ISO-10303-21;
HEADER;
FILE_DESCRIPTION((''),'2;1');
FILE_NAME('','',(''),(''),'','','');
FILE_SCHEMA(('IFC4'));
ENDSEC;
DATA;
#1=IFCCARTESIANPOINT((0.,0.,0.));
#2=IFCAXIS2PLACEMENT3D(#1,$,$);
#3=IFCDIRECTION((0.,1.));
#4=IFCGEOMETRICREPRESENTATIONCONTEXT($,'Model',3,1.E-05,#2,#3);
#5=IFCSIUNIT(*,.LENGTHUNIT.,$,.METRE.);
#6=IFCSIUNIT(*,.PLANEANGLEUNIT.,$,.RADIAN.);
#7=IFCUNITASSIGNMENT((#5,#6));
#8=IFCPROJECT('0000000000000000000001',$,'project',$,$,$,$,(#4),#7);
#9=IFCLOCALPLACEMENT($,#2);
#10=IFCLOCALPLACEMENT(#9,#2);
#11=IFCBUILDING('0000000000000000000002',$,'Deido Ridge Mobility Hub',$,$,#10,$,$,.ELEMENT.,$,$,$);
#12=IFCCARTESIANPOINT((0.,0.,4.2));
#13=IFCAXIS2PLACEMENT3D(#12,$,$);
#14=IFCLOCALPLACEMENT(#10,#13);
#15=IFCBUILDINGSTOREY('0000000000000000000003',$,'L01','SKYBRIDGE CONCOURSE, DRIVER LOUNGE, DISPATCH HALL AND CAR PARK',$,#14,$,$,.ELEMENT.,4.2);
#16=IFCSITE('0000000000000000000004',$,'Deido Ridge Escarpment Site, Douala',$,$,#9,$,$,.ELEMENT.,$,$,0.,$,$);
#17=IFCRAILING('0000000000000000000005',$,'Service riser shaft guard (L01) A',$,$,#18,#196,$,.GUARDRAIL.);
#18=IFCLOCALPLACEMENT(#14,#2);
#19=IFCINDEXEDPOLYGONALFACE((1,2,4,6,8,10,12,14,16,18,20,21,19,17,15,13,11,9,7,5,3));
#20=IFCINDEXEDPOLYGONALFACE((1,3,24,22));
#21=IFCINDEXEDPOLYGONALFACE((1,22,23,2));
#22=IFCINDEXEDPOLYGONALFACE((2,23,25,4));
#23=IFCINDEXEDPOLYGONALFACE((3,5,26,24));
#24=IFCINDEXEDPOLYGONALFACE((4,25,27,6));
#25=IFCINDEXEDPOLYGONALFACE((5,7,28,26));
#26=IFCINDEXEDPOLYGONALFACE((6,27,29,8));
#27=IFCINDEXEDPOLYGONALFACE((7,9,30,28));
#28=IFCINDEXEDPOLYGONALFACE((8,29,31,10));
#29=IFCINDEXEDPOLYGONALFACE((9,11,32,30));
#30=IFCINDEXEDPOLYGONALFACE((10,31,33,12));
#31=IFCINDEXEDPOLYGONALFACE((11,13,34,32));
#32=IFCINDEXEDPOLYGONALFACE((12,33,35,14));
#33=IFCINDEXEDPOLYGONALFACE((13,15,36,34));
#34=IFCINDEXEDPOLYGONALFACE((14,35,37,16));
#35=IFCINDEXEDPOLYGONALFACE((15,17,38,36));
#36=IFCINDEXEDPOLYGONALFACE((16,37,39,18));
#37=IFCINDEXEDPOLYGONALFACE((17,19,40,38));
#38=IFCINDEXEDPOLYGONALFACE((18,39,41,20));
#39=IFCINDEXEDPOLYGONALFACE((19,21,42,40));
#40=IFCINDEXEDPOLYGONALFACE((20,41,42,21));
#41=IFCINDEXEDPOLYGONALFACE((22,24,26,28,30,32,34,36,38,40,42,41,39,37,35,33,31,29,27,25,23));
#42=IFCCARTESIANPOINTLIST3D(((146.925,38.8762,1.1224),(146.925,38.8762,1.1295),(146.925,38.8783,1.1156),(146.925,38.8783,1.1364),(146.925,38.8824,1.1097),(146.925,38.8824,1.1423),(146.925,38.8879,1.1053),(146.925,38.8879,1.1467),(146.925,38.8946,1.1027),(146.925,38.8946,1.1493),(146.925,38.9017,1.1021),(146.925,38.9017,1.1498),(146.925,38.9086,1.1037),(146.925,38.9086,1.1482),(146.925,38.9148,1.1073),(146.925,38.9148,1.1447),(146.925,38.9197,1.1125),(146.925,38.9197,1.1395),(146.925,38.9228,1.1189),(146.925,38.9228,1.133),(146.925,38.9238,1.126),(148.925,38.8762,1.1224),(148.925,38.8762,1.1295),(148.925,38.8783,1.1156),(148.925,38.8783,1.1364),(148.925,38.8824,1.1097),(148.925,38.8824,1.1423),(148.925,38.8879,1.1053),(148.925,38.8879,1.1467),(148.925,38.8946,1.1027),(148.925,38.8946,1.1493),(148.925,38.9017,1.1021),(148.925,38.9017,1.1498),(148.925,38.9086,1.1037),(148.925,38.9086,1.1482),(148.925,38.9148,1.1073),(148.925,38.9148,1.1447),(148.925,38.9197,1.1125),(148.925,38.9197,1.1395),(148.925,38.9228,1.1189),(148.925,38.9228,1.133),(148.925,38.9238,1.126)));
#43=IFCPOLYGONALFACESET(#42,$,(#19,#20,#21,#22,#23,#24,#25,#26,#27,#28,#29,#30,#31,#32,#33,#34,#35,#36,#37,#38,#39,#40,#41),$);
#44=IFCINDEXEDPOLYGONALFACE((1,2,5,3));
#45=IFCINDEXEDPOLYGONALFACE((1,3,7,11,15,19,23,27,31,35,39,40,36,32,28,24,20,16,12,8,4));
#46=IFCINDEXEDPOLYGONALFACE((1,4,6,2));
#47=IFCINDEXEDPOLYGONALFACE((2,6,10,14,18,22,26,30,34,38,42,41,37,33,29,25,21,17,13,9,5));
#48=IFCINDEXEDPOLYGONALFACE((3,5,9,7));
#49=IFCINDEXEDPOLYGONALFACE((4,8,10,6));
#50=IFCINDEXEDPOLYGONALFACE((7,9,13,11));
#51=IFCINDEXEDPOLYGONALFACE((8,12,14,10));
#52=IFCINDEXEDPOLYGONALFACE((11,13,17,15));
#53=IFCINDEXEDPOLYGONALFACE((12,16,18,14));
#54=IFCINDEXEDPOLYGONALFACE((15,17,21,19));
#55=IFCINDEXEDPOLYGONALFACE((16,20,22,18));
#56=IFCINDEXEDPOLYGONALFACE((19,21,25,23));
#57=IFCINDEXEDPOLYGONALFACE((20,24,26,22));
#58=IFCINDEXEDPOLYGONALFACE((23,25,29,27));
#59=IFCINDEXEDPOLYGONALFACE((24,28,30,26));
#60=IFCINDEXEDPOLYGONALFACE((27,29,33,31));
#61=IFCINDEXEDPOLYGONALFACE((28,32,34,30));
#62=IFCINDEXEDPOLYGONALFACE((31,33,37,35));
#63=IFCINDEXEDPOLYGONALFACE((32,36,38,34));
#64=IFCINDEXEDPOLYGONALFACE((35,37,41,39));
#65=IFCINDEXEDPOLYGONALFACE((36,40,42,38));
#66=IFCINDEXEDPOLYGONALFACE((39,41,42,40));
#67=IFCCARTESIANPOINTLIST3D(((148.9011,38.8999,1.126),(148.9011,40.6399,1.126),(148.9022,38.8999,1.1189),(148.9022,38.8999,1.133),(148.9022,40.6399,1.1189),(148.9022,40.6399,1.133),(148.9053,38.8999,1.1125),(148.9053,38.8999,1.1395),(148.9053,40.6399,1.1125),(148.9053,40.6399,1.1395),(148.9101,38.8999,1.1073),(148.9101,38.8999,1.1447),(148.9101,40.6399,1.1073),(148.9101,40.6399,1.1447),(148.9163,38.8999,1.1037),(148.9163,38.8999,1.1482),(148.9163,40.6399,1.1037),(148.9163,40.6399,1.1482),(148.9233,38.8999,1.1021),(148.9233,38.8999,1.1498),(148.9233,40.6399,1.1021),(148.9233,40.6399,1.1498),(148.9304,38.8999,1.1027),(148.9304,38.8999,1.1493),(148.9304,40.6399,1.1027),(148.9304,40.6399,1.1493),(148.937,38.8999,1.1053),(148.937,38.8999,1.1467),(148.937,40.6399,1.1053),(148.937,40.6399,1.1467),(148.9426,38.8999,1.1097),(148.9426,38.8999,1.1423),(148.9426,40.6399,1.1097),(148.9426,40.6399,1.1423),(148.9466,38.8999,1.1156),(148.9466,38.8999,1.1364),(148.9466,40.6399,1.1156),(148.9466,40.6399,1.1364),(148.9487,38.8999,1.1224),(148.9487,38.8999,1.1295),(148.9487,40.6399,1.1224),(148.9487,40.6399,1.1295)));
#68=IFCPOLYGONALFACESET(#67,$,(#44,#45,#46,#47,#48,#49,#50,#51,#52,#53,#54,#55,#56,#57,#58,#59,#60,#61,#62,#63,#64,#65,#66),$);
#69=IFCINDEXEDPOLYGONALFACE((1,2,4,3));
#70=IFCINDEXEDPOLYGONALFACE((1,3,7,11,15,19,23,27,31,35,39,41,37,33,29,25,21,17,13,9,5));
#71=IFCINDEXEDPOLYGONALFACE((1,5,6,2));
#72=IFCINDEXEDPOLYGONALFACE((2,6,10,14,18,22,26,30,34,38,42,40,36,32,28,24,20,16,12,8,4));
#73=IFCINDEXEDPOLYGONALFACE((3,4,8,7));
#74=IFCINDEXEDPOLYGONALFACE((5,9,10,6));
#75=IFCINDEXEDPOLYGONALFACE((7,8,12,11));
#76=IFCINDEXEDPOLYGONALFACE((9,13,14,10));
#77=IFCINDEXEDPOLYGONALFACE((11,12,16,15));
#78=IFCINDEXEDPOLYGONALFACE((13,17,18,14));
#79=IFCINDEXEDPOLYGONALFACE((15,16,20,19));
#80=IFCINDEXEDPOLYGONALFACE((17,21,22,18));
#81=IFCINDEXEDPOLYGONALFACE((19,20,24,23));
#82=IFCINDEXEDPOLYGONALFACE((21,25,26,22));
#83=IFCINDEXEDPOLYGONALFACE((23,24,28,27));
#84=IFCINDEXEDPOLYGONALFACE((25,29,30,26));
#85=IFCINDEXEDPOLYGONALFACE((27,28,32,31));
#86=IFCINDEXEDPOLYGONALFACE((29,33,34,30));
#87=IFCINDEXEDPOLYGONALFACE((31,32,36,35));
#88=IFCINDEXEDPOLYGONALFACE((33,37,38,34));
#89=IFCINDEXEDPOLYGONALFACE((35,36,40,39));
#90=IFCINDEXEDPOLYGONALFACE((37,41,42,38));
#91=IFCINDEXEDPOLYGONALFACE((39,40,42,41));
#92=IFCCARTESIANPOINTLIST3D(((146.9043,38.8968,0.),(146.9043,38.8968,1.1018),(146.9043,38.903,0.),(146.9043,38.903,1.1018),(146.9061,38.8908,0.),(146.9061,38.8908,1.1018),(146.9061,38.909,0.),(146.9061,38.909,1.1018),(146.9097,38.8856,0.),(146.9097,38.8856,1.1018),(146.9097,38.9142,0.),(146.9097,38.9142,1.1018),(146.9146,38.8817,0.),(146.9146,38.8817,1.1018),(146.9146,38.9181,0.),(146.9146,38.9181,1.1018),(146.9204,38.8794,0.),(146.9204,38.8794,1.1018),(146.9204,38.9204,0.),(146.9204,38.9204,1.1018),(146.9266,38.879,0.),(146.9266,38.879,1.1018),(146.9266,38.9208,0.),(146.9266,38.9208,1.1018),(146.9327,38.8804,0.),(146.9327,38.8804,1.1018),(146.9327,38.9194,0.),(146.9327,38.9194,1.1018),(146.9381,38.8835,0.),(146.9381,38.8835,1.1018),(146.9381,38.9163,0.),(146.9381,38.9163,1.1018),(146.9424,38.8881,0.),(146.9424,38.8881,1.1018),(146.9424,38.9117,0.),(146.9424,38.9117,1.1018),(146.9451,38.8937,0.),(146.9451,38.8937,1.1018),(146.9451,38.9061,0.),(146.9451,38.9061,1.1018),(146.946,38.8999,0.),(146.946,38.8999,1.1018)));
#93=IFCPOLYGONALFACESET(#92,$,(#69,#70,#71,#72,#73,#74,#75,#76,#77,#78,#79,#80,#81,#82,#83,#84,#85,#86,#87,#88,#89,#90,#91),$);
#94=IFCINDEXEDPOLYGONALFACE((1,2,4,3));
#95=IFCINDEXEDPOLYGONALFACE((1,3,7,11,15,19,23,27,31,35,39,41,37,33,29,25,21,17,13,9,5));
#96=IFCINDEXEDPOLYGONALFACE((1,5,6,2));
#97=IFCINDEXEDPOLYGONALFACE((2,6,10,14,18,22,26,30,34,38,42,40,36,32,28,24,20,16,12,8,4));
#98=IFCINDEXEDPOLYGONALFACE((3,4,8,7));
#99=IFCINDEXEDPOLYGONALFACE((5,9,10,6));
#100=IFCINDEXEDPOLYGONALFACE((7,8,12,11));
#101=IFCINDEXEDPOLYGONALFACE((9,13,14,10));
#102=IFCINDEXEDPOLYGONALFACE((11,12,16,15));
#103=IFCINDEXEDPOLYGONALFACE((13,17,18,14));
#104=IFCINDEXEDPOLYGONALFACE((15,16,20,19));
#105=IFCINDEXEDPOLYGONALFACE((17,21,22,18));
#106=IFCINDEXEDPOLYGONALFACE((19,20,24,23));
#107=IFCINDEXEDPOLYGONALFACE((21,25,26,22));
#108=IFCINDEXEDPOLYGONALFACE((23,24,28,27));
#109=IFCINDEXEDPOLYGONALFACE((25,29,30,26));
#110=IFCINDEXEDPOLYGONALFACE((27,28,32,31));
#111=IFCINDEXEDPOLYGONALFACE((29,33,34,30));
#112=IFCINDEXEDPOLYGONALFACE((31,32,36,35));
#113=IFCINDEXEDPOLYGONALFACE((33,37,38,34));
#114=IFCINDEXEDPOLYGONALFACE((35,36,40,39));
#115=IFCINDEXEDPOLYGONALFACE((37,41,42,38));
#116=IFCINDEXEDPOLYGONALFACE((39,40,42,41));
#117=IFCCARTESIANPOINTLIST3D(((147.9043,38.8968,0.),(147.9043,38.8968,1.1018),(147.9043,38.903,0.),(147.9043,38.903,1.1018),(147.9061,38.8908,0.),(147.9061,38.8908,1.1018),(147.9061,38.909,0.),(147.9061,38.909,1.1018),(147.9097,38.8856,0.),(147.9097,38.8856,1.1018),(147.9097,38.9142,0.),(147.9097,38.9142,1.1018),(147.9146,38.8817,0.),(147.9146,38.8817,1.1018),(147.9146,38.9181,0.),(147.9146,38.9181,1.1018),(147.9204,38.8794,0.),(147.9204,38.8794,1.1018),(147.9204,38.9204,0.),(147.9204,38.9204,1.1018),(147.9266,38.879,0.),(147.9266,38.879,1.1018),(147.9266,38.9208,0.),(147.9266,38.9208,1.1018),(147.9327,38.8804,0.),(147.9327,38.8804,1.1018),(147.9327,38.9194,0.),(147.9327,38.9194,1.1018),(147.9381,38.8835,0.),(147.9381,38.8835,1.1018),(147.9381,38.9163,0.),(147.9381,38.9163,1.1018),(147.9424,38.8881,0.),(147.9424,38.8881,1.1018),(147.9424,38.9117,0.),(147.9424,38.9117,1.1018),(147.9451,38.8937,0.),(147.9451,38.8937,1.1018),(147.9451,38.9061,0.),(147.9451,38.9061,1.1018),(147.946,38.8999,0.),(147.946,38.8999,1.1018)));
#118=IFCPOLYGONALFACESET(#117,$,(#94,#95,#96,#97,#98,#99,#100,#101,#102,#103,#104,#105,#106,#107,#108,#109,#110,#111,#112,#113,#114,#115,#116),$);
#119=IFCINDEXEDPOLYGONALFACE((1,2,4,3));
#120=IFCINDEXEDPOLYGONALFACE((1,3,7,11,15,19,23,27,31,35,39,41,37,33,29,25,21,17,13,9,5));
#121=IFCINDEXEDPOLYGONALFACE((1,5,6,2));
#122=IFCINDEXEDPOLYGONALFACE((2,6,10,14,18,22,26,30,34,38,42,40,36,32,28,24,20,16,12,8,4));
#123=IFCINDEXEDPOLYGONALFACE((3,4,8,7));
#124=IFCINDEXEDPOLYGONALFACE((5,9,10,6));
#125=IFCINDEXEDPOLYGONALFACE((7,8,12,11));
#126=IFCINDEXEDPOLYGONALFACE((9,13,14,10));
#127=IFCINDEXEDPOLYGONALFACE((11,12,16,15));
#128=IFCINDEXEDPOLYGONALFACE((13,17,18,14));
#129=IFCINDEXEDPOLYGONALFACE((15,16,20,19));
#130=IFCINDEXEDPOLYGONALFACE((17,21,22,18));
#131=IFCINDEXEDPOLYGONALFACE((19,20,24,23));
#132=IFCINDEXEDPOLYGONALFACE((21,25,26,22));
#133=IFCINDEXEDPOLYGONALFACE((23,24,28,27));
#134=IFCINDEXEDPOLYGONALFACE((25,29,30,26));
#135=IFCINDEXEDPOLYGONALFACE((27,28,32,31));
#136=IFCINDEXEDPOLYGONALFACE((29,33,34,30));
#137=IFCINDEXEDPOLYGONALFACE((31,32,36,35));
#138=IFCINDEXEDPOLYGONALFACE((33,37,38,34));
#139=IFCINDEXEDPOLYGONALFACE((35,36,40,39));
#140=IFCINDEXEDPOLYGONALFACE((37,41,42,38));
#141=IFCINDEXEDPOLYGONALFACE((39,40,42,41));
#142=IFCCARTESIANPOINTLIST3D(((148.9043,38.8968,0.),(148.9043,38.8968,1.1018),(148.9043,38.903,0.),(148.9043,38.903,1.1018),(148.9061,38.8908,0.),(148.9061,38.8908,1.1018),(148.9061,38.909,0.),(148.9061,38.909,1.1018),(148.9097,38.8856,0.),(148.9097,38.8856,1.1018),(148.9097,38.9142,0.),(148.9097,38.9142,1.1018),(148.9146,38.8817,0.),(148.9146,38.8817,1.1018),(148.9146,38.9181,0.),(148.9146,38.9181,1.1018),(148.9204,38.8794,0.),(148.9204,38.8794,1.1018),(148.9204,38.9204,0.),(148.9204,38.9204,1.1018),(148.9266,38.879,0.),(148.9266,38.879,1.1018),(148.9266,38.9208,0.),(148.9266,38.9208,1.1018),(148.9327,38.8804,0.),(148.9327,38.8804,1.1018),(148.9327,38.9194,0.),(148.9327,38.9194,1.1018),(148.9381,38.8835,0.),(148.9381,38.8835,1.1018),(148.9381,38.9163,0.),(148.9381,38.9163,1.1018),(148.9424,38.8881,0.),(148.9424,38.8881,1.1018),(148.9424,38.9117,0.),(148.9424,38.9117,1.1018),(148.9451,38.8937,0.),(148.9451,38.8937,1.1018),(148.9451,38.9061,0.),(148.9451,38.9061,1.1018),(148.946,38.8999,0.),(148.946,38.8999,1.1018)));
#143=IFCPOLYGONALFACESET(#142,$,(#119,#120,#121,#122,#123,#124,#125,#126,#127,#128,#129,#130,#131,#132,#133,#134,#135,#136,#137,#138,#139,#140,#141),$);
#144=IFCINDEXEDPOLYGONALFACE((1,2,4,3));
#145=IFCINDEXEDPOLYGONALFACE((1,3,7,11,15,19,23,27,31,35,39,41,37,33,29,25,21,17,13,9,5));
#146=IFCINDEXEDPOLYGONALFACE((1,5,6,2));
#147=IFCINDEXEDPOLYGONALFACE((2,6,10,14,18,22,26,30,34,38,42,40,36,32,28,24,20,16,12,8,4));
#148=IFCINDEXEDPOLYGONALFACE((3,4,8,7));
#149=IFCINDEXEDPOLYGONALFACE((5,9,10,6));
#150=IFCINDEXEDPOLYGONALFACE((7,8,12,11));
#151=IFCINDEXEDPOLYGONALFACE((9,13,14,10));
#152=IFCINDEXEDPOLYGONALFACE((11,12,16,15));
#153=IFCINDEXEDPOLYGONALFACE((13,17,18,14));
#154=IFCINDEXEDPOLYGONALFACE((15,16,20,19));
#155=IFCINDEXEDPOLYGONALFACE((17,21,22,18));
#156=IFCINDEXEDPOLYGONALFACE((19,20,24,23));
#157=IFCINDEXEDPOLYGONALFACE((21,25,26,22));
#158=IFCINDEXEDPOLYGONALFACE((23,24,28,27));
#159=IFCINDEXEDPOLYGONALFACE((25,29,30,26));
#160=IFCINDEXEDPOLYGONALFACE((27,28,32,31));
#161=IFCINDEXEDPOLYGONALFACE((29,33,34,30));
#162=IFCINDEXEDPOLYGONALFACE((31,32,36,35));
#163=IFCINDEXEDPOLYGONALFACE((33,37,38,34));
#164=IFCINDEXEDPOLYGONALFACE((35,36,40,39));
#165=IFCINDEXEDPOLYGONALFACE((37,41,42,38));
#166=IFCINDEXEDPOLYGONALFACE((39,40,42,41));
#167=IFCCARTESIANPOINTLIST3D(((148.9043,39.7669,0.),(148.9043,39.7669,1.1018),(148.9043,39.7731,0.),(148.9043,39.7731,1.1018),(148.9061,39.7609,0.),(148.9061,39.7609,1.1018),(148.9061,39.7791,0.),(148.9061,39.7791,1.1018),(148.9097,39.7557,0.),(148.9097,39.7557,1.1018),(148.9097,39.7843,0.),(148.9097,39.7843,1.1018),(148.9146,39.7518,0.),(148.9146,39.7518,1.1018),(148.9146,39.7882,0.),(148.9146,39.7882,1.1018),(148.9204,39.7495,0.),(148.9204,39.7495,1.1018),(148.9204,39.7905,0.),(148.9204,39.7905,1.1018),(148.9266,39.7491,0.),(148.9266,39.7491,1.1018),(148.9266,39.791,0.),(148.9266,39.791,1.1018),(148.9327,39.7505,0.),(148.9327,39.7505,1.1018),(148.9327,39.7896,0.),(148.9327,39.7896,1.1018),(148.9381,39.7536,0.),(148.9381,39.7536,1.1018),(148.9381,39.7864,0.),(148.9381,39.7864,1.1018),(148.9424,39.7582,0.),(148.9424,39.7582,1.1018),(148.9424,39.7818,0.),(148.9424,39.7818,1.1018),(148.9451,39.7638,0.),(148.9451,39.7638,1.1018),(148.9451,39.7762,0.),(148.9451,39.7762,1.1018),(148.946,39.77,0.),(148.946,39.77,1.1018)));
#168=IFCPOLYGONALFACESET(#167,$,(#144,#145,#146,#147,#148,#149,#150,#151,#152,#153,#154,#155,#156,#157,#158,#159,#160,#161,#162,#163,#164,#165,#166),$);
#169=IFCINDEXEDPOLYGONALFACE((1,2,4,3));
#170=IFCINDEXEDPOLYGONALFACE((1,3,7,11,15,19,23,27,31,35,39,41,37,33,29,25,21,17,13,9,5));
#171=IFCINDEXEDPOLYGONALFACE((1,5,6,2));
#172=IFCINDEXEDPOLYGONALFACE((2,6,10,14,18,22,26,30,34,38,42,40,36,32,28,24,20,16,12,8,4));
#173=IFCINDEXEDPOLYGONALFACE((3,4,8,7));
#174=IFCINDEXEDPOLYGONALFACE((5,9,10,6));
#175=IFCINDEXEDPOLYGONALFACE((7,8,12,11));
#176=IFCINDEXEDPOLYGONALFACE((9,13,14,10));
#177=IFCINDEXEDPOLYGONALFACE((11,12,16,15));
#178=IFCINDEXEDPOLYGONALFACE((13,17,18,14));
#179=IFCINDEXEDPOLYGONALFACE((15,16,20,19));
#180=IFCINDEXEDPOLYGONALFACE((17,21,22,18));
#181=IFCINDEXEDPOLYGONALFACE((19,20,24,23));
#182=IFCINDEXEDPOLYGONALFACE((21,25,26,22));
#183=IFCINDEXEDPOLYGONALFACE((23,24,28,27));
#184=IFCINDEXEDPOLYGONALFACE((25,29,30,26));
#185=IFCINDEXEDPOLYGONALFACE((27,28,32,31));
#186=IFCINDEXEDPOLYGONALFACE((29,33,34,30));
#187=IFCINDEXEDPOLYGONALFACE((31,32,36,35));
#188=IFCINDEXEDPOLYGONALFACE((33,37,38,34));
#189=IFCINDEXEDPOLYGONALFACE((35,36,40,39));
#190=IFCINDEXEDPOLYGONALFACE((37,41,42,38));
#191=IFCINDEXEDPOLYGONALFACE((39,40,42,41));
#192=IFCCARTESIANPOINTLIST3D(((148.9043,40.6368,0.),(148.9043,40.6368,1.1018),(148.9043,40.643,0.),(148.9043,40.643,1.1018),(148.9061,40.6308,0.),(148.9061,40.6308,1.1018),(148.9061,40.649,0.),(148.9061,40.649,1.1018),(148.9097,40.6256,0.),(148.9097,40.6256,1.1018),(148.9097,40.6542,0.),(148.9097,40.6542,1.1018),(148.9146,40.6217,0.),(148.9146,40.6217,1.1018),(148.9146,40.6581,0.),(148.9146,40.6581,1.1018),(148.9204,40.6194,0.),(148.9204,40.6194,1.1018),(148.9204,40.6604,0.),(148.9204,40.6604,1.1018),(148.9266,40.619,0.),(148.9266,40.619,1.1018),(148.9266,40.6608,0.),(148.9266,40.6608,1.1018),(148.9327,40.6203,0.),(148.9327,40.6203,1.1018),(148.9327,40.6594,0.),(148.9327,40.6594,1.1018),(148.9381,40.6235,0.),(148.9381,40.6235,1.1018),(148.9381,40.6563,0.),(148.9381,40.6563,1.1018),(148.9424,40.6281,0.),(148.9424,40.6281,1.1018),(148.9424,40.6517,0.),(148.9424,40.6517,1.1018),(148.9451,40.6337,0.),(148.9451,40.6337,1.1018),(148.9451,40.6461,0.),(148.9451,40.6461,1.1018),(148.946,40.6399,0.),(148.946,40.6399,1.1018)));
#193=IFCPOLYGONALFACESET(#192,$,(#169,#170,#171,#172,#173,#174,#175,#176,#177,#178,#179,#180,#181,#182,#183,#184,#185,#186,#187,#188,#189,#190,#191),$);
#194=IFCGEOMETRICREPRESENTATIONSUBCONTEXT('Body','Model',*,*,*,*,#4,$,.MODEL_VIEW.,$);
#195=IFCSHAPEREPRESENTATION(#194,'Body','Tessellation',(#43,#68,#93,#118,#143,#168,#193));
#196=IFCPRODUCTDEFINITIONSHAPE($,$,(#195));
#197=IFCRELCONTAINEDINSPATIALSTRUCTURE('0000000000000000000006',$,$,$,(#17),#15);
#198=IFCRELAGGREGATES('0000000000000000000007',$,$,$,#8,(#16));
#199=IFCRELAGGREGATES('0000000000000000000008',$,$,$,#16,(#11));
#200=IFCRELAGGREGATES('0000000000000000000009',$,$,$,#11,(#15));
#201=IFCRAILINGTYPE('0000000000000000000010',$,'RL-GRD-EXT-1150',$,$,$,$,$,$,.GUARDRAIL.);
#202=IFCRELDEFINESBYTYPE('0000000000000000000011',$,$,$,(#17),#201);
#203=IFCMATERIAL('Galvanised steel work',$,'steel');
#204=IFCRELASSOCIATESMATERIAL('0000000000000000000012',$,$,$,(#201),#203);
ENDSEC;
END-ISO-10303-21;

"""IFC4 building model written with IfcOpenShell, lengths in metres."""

from ifc_helpers import new_model, si_unit, direction, frame, origin, origin_2d, place, context, subcontext, project, spatial, circle, extrude, material, type_object, element, save


model = new_model("IFC4")

# Units and contexts
model_context = context("Model", 3, precision=1e-05, world=origin(), true_north=direction((0.0, 1.0)))
body_context = subcontext(model_context, "Body", "Model", "MODEL_VIEW")
ifc_project = project(units=[si_unit("LENGTHUNIT", "METRE"), si_unit("PLANEANGLEUNIT", "RADIAN")], contexts=[model_context])

# Site, building, storey
site_placement = place(None, origin())
site = spatial("IfcSite", under=ifc_project, at=site_placement, Name="Deido Ridge Escarpment Site, Douala", CompositionType="ELEMENT", RefElevation=0.0)
building_placement = place(site_placement, origin())
building = spatial("IfcBuilding", under=site, at=building_placement, Name="Deido Ridge Mobility Hub", CompositionType="ELEMENT")
storey_placement = place(building_placement, frame((0.0, 0.0, 4.2)))
storey = spatial("IfcBuildingStorey", under=building, at=storey_placement, Name="L01", Description="SKYBRIDGE CONCOURSE, DRIVER LOUNGE, DISPATCH HALL AND CAR PARK", CompositionType="ELEMENT", Elevation=4.2)

# Railing
ifc_material_1 = material(Name="Galvanised steel work", Category="steel")
railing_type = type_object("IfcRailingType", Name="RL-GRD-EXT-1150", PredefinedType="GUARDRAIL", material=ifc_material_1)
railing_1_placement = place(storey_placement, frame((146.925, 38.8999, 0.0)))
element("IfcRailing", 1, at=railing_1_placement, inside=storey, type_object=railing_type, Name="Service riser shaft guard (L01) A", PredefinedType="GUARDRAIL", context=body_context, shape_type="SweptSolid", body=[
    extrude(circle(Radius=0.0239, at=origin_2d()), frame((0.0, 0.0, 1.126), z_axis=(1.0, 0.0, 0.0), x_axis=(0.0, 1.0, 0.0)), (0.0, 0.0, 1.0), 2.0),
    extrude(circle(Radius=0.0239, at=origin_2d()), frame((2.0, 0.0, 1.126), z_axis=(0.0, 1.0, 0.0), x_axis=(-1.0, 0.0, 0.0)), (0.0, 0.0, 1.0), 1.74),
    extrude(circle(Radius=0.021, at=origin_2d()), origin(), (0.0, 0.0, 1.0), 1.1018),
    extrude(circle(Radius=0.021, at=origin_2d()), frame((1.0, 0.0, 0.0)), (0.0, 0.0, 1.0), 1.1018),
    extrude(circle(Radius=0.021, at=origin_2d()), frame((2.0, 0.0, 0.0)), (0.0, 0.0, 1.0), 1.1018),
    extrude(circle(Radius=0.021, at=origin_2d()), frame((2.0, 0.8701, 0.0)), (0.0, 0.0, 1.0), 1.1018),
    extrude(circle(Radius=0.021, at=origin_2d()), frame((2.0, 1.74, 0.0)), (0.0, 0.0, 1.0), 1.1018),
])

save(model, "model.ifc")
